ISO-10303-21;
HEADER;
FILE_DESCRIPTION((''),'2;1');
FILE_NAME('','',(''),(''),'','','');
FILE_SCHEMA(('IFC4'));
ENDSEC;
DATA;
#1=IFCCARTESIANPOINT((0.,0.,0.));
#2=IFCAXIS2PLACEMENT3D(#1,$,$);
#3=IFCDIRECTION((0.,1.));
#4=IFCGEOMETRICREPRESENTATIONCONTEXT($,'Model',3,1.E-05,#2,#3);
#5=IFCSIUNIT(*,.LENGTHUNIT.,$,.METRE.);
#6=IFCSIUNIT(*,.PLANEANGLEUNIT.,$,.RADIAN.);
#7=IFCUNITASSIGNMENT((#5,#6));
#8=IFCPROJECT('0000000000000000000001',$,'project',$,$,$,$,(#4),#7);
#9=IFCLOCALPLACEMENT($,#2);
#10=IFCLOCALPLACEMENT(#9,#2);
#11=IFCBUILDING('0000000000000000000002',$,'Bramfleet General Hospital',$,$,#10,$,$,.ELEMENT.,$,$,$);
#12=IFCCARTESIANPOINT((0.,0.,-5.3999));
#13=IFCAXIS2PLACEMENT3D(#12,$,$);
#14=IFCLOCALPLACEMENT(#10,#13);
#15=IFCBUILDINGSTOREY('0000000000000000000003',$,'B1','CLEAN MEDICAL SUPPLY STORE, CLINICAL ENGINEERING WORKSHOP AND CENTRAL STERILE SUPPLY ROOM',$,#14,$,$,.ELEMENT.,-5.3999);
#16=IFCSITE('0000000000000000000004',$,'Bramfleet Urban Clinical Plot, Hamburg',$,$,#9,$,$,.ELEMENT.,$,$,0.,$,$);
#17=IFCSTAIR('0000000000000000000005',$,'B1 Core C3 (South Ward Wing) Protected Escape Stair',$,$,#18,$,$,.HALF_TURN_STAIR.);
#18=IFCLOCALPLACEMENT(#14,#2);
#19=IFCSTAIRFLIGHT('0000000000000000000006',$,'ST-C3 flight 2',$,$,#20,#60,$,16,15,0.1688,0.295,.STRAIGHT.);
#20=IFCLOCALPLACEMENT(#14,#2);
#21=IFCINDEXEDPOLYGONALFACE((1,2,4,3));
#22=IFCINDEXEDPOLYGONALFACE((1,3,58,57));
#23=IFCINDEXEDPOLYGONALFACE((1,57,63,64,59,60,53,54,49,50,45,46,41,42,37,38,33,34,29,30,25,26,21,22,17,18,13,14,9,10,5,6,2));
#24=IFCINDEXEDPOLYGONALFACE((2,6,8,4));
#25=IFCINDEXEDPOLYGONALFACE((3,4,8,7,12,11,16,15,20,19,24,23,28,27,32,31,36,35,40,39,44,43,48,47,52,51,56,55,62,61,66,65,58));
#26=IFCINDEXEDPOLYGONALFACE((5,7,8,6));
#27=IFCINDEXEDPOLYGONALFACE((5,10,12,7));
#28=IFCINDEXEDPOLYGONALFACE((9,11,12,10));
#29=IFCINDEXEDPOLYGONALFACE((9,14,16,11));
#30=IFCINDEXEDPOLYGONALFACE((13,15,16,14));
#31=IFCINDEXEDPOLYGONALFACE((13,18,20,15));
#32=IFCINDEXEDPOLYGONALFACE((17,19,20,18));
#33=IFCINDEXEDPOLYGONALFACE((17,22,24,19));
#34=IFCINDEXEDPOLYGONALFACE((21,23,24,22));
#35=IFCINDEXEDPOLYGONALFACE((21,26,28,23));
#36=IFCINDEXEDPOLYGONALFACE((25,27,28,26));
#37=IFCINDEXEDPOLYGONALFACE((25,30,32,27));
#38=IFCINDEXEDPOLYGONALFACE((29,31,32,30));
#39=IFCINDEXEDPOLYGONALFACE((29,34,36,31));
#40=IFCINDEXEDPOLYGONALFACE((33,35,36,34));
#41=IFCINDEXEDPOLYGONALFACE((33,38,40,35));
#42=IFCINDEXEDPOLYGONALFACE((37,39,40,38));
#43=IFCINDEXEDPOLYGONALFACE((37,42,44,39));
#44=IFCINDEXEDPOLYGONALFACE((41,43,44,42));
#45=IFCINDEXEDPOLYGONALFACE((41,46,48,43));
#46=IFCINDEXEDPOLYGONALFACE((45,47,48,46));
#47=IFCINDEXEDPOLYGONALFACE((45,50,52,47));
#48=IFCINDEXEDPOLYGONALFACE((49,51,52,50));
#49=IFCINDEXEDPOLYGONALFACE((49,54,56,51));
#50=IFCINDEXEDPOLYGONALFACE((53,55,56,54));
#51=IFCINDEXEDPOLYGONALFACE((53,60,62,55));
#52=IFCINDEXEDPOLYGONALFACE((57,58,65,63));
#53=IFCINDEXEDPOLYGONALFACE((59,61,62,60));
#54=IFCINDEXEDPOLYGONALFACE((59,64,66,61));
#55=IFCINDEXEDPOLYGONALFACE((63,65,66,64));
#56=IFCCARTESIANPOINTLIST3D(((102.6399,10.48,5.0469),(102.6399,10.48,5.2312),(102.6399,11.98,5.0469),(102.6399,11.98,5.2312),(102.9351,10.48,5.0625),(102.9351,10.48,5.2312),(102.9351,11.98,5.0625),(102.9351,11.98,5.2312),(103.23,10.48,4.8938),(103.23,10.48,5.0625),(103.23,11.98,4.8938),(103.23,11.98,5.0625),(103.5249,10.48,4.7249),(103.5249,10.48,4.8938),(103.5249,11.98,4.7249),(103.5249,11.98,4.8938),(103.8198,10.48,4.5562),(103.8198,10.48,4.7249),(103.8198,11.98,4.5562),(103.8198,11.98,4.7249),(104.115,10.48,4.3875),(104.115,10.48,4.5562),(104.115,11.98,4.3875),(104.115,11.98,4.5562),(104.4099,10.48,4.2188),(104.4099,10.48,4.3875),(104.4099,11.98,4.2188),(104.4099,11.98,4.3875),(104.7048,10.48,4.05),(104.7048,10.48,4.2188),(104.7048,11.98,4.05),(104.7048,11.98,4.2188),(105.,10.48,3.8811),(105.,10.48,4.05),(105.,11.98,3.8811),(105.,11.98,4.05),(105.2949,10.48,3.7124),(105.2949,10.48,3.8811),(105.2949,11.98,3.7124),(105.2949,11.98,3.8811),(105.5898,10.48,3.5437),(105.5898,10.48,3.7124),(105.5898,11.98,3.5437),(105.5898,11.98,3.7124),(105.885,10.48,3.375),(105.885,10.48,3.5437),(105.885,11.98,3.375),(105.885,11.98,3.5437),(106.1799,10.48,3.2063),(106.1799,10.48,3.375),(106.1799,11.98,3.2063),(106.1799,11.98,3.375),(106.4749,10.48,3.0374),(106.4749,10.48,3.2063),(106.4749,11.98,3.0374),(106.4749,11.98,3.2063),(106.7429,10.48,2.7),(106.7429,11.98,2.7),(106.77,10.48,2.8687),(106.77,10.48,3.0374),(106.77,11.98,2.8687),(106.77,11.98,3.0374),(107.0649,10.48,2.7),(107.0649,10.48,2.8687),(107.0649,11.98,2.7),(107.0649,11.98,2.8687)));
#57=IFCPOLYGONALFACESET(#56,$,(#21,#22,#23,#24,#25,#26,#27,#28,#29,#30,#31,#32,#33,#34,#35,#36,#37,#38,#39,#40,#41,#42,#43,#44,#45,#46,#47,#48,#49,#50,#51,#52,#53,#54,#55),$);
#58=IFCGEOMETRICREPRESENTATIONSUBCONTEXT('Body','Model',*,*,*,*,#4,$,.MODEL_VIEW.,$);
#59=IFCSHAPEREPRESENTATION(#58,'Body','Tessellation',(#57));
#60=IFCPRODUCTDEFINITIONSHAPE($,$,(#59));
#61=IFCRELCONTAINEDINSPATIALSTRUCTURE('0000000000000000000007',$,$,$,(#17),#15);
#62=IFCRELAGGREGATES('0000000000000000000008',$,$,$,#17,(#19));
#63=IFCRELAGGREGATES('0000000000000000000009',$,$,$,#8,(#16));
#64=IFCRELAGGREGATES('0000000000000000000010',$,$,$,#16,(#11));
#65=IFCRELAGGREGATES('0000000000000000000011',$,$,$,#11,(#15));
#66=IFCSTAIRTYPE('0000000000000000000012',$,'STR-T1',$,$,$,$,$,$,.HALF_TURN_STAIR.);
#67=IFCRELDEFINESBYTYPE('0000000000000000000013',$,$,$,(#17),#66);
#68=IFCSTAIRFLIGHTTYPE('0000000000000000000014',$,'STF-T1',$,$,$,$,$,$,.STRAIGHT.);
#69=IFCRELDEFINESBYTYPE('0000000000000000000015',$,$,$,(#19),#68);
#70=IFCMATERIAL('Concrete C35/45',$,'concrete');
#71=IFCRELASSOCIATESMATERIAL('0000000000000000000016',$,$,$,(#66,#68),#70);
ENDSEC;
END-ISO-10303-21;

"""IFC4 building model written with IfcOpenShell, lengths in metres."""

from ifc_helpers import new_model, si_unit, direction, frame, origin, place, context, subcontext, project, spatial, polyline, outline, extrude, material, type_object, element, aggregate, save


model = new_model("IFC4")

# Units and contexts
model_context = context("Model", 3, precision=1e-05, world=origin(), true_north=direction((0.0, 1.0)))
body_context = subcontext(model_context, "Body", "Model", "MODEL_VIEW")
ifc_project = project(units=[si_unit("LENGTHUNIT", "METRE"), si_unit("PLANEANGLEUNIT", "RADIAN")], contexts=[model_context])

# Site, building, storey
site_placement = place(None, origin())
site = spatial("IfcSite", under=ifc_project, at=site_placement, Name="Bramfleet Urban Clinical Plot, Hamburg", CompositionType="ELEMENT", RefElevation=0.0)
building_placement = place(site_placement, origin())
building = spatial("IfcBuilding", under=site, at=building_placement, Name="Bramfleet General Hospital", CompositionType="ELEMENT")
storey_placement = place(building_placement, frame((0.0, 0.0, -5.3999)))
storey = spatial("IfcBuildingStorey", under=building, at=storey_placement, Name="B1", Description="CLEAN MEDICAL SUPPLY STORE, CLINICAL ENGINEERING WORKSHOP AND CENTRAL STERILE SUPPLY ROOM", CompositionType="ELEMENT", Elevation=-5.3999)

# Shared definitions
ifc_material_1 = material(Name="Concrete C35/45", Category="concrete")

# Stair, stair flight
stair_type = type_object("IfcStairType", Name="STR-T1", PredefinedType="HALF_TURN_STAIR", material=ifc_material_1)
stair_placement = place(storey_placement, origin())
stair = element("IfcStair", 1, at=stair_placement, inside=storey, type_object=stair_type, Name="B1 Core C3 (South Ward Wing) Protected Escape Stair", PredefinedType="HALF_TURN_STAIR")
stair_flight_type = type_object("IfcStairFlightType", Name="STF-T1", PredefinedType="STRAIGHT", material=ifc_material_1)
stair_flight_1_placement = place(storey_placement, frame((107.0649, 11.23, 2.7), z_axis=(0.0, 0.0, 1.0), x_axis=(-1.0, 0.0, 0.0)))
stair_flight_1 = element("IfcStairFlight", 2, at=stair_flight_1_placement, type_object=stair_flight_type, Name="ST-C3 flight 2", NumberOfRisers=16, NumberOfTreads=15, PredefinedType="STRAIGHT", RiserHeight=0.1688, TreadLength=0.295, context=body_context, shape_type="SweptSolid", body=[
    extrude(outline(polyline([(0.0, 0.0), (0.0, 0.1687), (0.2949, 0.1687), (0.2949, 0.3374), (0.5901, 0.3374), (0.5901, 0.5063), (0.885, 0.5063), (0.885, 0.675), (1.1799, 0.675), (1.1799, 0.8438), (1.4751, 0.8438), (1.4751, 1.0125), (1.77, 1.0125), (1.77, 1.1812), (2.0649, 1.1812), (2.0649, 1.3501), (2.3601, 1.3501), (2.3601, 1.5188), (2.655, 1.5188), (2.655, 1.6875), (2.95, 1.6875), (2.95, 1.8562), (3.2451, 1.8562), (3.2451, 2.0249), (3.54, 2.0249), (3.54, 2.1938), (3.835, 2.1938), (3.835, 2.3625), (4.1299, 2.3625), (4.1299, 2.5312), (4.425, 2.5312), (4.425, 2.7), (4.425, 2.3469), (0.322, 0.0), (0.0, 0.0)])), frame((0.0, 0.75, 0.0), z_axis=(0.0, -1.0, 0.0), x_axis=(1.0, 0.0, 0.0)), (0.0, 0.0, 1.0), 1.5),
])
aggregate(stair, [stair_flight_1])

save(model, "model.ifc")
